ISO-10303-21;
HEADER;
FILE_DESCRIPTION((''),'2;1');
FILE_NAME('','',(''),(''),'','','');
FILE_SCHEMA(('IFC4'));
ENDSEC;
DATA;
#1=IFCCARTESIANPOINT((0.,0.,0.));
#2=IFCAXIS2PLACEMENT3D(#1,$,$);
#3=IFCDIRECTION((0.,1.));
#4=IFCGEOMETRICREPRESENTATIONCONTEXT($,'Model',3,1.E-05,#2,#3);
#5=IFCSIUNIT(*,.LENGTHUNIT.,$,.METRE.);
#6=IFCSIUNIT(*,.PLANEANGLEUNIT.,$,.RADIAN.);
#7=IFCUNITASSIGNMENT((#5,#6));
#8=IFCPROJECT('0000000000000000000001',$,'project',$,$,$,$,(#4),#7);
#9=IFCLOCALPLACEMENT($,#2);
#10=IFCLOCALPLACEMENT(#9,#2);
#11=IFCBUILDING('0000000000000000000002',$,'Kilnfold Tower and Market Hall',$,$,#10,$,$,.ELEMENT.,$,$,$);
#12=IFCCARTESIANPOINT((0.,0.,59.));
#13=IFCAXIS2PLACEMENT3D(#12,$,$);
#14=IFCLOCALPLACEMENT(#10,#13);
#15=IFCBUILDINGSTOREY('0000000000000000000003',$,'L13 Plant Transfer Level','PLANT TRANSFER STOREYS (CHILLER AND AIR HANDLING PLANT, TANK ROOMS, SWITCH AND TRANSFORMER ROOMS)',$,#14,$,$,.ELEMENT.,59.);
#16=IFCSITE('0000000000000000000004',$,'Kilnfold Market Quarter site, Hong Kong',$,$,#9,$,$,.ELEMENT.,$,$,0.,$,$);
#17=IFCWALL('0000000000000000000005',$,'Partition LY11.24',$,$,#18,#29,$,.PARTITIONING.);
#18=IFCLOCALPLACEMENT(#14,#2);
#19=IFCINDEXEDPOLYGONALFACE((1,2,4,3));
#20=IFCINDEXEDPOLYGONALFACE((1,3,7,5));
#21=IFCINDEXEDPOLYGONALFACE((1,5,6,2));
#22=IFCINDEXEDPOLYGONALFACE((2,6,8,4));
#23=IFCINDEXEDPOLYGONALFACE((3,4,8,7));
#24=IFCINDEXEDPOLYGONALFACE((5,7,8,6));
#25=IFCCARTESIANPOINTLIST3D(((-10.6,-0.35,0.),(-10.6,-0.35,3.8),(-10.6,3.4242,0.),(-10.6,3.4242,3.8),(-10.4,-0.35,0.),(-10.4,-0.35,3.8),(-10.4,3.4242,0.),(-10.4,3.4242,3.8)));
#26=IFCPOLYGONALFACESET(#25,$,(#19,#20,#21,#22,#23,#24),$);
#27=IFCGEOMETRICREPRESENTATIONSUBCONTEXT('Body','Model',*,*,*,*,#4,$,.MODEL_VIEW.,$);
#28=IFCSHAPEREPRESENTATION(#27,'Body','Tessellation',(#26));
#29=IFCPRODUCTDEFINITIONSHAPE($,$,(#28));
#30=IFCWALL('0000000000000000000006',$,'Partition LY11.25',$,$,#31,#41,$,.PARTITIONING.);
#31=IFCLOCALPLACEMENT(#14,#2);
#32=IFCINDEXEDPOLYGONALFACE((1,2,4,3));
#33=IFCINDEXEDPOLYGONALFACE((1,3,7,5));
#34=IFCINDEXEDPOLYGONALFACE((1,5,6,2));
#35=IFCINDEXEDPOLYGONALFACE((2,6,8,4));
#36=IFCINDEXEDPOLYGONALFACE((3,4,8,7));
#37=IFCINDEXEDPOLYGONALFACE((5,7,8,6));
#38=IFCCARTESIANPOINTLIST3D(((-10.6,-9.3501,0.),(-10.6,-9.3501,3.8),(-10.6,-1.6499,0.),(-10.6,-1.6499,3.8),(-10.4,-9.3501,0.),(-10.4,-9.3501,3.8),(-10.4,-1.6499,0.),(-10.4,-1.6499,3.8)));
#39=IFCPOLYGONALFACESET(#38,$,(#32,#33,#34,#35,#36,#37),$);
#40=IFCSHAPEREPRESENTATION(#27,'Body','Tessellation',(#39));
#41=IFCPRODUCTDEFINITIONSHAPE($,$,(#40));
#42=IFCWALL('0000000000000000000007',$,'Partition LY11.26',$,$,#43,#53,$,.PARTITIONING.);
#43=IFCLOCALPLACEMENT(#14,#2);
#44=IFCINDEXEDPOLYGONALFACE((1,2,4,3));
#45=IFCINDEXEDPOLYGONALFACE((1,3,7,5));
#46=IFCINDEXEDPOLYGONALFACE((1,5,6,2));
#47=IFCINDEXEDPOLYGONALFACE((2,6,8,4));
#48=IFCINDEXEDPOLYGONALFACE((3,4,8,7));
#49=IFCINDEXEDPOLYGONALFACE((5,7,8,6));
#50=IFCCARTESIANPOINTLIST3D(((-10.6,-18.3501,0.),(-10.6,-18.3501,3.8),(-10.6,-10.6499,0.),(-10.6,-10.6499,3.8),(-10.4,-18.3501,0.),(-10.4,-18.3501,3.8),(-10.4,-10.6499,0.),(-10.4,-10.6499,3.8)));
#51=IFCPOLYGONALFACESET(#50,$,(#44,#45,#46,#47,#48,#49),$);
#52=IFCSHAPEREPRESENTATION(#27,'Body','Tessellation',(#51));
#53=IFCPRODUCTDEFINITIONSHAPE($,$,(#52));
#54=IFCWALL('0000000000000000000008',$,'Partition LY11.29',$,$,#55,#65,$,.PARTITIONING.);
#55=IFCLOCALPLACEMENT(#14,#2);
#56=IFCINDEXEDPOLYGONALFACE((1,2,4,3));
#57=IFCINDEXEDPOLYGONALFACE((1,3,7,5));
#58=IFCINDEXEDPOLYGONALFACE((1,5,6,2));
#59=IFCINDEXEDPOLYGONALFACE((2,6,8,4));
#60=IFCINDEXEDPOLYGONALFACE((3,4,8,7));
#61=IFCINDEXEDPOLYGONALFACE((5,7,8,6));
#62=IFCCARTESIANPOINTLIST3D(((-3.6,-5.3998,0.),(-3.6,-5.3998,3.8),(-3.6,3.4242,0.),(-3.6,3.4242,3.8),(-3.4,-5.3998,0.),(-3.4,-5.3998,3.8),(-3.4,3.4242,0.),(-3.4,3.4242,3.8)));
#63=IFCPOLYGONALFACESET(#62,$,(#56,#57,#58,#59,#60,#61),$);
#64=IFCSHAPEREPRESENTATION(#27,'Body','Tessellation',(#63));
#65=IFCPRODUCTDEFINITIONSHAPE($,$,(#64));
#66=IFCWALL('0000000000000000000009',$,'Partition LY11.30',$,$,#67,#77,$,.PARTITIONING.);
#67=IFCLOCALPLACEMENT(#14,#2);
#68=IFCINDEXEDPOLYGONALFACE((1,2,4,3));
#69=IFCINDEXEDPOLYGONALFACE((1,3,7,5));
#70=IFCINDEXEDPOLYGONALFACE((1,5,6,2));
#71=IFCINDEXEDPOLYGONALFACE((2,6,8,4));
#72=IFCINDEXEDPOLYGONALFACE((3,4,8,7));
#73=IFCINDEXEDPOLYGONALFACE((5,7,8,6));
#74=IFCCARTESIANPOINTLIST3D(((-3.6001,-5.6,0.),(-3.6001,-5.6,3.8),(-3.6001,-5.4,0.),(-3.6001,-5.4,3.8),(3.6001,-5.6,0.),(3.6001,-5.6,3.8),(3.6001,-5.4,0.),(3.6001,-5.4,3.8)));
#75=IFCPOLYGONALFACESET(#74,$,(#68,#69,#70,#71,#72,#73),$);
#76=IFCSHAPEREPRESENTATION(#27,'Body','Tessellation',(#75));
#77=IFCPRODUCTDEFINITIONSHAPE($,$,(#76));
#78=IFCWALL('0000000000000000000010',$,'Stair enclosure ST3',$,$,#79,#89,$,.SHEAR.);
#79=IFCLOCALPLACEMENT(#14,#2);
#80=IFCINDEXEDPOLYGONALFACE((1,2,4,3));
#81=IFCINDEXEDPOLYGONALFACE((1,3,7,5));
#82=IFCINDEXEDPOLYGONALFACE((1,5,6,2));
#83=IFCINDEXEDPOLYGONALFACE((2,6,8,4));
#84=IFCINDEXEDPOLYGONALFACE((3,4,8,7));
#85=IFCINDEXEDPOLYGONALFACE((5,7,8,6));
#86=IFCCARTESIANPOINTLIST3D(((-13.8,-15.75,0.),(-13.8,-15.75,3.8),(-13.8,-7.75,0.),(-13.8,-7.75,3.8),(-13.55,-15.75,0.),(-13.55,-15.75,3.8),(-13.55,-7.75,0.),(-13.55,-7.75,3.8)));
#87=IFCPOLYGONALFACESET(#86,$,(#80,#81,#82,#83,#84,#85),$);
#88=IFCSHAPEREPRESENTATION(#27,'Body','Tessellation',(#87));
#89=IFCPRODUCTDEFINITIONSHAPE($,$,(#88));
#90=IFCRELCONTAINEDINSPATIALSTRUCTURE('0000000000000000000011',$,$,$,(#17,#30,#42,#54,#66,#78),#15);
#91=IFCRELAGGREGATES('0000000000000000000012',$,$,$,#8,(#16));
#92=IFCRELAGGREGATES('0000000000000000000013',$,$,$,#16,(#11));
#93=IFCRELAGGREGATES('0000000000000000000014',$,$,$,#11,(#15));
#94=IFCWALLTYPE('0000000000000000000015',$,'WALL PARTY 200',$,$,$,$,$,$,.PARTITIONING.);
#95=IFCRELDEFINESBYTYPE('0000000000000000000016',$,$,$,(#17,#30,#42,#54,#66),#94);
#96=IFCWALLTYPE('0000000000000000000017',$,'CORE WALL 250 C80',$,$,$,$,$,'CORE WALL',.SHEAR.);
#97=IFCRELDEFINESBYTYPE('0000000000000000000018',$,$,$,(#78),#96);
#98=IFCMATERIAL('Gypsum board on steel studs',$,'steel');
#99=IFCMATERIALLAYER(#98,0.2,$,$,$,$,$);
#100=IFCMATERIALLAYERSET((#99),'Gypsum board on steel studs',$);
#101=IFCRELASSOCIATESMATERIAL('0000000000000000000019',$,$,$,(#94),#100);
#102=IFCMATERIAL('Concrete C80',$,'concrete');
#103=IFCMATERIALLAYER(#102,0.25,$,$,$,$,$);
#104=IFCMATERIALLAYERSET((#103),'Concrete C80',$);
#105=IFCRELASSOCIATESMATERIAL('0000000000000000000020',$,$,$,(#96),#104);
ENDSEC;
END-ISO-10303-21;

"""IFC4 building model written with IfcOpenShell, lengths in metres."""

from ifc_helpers import new_model, si_unit, direction, frame, frame_2d, origin, place, context, subcontext, project, spatial, rectangle, extrude, source, transform, mapped, material, layer, layer_set, type_object, element, save


model = new_model("IFC4")

# Units and contexts
model_context = context("Model", 3, precision=1e-05, world=origin(), true_north=direction((0.0, 1.0)))
body_context = subcontext(model_context, "Body", "Model", "MODEL_VIEW")
ifc_project = project(units=[si_unit("LENGTHUNIT", "METRE"), si_unit("PLANEANGLEUNIT", "RADIAN")], contexts=[model_context])

# Site, building, storey
site_placement = place(None, origin())
site = spatial("IfcSite", under=ifc_project, at=site_placement, Name="Kilnfold Market Quarter site, Hong Kong", CompositionType="ELEMENT", RefElevation=0.0)
building_placement = place(site_placement, origin())
building = spatial("IfcBuilding", under=site, at=building_placement, Name="Kilnfold Tower and Market Hall", CompositionType="ELEMENT")
storey_placement = place(building_placement, frame((0.0, 0.0, 59.0)))
storey = spatial("IfcBuildingStorey", under=building, at=storey_placement, Name="L13 Plant Transfer Level", Description="PLANT TRANSFER STOREYS (CHILLER AND AIR HANDLING PLANT, TANK ROOMS, SWITCH AND TRANSFORMER ROOMS)", CompositionType="ELEMENT", Elevation=59.0)

# Walls
ifc_material_1 = material(Name="Gypsum board on steel studs", Category="steel")
ifc_layer_1 = layer(ifc_material_1, 0.2)
ifc_layer_set_1 = layer_set([ifc_layer_1], Name="Gypsum board on steel studs")
wall_type_1 = type_object("IfcWallType", Name="WALL PARTY 200", PredefinedType="PARTITIONING", material=ifc_layer_set_1)
wall_1_placement = place(storey_placement, frame((-10.5, -0.3501, 0.0), z_axis=(0.0, 0.0, 1.0), x_axis=(0.0, 1.0, 0.0)))
element("IfcWall", 1, at=wall_1_placement, inside=storey, type_object=wall_type_1, Name="Partition LY11.24", PredefinedType="PARTITIONING", context=body_context, shape_type="SweptSolid", body=[
    extrude(rectangle(XDim=3.7742, YDim=0.2, at=frame_2d((1.8872, 0.0))), origin(), (0.0, 0.0, 1.0), 3.8),
])
for number, where, z_axis, x_axis, name in (
    (2, (-10.5, -9.3501, 0.0), (0.0, 0.0, 1.0), (0.0, 1.0, 0.0), "Partition LY11.25"),
    (3, (-10.5, -18.3501, 0.0), (0.0, 0.0, 1.0), (0.0, 1.0, 0.0), "Partition LY11.26"),
):
    element("IfcWall", number, at=place(storey_placement, frame(where, z_axis=z_axis, x_axis=x_axis)), inside=storey, type_object=wall_type_1, Name=name, PredefinedType="PARTITIONING", context=body_context, shape_type="SweptSolid", body=[
        extrude(rectangle(XDim=7.7002, YDim=0.2, at=frame_2d((3.8501, 0.0))), origin(), (0.0, 0.0, 1.0), 3.8),
    ])
wall_2_placement = place(storey_placement, frame((-3.5, -5.3999, 0.0), z_axis=(0.0, 0.0, 1.0), x_axis=(0.0, 1.0, 0.0)))
element("IfcWall", 4, at=wall_2_placement, inside=storey, type_object=wall_type_1, Name="Partition LY11.29", PredefinedType="PARTITIONING", context=body_context, shape_type="SweptSolid", body=[
    extrude(rectangle(XDim=8.824, YDim=0.2, at=frame_2d((4.4121, 0.0))), origin(), (0.0, 0.0, 1.0), 3.8),
])
wall_3_placement = place(storey_placement, frame((-3.6001, -5.5, 0.0), z_axis=(0.0, 0.0, 1.0), x_axis=(1.0, 0.0, 0.0)))
element("IfcWall", 5, at=wall_3_placement, inside=storey, type_object=wall_type_1, Name="Partition LY11.30", PredefinedType="PARTITIONING", context=body_context, shape_type="SweptSolid", body=[
    extrude(rectangle(XDim=7.2002, YDim=0.2, at=frame_2d((3.6001, 0.0))), origin(), (0.0, 0.0, 1.0), 3.8),
])
ifc_material_2 = material(Name="Concrete C80", Category="concrete")
ifc_layer_2 = layer(ifc_material_2, 0.25)
ifc_layer_set_2 = layer_set([ifc_layer_2], Name="Concrete C80")
wall_type_2 = type_object("IfcWallType", Name="CORE WALL 250 C80", ElementType="CORE WALL", PredefinedType="SHEAR", material=ifc_layer_set_2)
shared_shape_1 = source(origin(), body_context, "Body", "SweptSolid", [
    extrude(rectangle(XDim=8.0, YDim=0.25, at=frame_2d((4.0, 0.0))), origin(), (0.0, 0.0, 1.0), 3.8),
])
wall_4_placement = place(storey_placement, frame((-13.675, -15.75, 0.0), z_axis=(0.0, 0.0, 1.0), x_axis=(0.0, 1.0, 0.0)))
element("IfcWall", 6, at=wall_4_placement, inside=storey, type_object=wall_type_2, Name="Stair enclosure ST3", PredefinedType="SHEAR", context=body_context, shape_type="MappedRepresentation", body=[
    mapped(shared_shape_1, transform((0.0, 0.0, 0.0))),
])

save(model, "model.ifc")
